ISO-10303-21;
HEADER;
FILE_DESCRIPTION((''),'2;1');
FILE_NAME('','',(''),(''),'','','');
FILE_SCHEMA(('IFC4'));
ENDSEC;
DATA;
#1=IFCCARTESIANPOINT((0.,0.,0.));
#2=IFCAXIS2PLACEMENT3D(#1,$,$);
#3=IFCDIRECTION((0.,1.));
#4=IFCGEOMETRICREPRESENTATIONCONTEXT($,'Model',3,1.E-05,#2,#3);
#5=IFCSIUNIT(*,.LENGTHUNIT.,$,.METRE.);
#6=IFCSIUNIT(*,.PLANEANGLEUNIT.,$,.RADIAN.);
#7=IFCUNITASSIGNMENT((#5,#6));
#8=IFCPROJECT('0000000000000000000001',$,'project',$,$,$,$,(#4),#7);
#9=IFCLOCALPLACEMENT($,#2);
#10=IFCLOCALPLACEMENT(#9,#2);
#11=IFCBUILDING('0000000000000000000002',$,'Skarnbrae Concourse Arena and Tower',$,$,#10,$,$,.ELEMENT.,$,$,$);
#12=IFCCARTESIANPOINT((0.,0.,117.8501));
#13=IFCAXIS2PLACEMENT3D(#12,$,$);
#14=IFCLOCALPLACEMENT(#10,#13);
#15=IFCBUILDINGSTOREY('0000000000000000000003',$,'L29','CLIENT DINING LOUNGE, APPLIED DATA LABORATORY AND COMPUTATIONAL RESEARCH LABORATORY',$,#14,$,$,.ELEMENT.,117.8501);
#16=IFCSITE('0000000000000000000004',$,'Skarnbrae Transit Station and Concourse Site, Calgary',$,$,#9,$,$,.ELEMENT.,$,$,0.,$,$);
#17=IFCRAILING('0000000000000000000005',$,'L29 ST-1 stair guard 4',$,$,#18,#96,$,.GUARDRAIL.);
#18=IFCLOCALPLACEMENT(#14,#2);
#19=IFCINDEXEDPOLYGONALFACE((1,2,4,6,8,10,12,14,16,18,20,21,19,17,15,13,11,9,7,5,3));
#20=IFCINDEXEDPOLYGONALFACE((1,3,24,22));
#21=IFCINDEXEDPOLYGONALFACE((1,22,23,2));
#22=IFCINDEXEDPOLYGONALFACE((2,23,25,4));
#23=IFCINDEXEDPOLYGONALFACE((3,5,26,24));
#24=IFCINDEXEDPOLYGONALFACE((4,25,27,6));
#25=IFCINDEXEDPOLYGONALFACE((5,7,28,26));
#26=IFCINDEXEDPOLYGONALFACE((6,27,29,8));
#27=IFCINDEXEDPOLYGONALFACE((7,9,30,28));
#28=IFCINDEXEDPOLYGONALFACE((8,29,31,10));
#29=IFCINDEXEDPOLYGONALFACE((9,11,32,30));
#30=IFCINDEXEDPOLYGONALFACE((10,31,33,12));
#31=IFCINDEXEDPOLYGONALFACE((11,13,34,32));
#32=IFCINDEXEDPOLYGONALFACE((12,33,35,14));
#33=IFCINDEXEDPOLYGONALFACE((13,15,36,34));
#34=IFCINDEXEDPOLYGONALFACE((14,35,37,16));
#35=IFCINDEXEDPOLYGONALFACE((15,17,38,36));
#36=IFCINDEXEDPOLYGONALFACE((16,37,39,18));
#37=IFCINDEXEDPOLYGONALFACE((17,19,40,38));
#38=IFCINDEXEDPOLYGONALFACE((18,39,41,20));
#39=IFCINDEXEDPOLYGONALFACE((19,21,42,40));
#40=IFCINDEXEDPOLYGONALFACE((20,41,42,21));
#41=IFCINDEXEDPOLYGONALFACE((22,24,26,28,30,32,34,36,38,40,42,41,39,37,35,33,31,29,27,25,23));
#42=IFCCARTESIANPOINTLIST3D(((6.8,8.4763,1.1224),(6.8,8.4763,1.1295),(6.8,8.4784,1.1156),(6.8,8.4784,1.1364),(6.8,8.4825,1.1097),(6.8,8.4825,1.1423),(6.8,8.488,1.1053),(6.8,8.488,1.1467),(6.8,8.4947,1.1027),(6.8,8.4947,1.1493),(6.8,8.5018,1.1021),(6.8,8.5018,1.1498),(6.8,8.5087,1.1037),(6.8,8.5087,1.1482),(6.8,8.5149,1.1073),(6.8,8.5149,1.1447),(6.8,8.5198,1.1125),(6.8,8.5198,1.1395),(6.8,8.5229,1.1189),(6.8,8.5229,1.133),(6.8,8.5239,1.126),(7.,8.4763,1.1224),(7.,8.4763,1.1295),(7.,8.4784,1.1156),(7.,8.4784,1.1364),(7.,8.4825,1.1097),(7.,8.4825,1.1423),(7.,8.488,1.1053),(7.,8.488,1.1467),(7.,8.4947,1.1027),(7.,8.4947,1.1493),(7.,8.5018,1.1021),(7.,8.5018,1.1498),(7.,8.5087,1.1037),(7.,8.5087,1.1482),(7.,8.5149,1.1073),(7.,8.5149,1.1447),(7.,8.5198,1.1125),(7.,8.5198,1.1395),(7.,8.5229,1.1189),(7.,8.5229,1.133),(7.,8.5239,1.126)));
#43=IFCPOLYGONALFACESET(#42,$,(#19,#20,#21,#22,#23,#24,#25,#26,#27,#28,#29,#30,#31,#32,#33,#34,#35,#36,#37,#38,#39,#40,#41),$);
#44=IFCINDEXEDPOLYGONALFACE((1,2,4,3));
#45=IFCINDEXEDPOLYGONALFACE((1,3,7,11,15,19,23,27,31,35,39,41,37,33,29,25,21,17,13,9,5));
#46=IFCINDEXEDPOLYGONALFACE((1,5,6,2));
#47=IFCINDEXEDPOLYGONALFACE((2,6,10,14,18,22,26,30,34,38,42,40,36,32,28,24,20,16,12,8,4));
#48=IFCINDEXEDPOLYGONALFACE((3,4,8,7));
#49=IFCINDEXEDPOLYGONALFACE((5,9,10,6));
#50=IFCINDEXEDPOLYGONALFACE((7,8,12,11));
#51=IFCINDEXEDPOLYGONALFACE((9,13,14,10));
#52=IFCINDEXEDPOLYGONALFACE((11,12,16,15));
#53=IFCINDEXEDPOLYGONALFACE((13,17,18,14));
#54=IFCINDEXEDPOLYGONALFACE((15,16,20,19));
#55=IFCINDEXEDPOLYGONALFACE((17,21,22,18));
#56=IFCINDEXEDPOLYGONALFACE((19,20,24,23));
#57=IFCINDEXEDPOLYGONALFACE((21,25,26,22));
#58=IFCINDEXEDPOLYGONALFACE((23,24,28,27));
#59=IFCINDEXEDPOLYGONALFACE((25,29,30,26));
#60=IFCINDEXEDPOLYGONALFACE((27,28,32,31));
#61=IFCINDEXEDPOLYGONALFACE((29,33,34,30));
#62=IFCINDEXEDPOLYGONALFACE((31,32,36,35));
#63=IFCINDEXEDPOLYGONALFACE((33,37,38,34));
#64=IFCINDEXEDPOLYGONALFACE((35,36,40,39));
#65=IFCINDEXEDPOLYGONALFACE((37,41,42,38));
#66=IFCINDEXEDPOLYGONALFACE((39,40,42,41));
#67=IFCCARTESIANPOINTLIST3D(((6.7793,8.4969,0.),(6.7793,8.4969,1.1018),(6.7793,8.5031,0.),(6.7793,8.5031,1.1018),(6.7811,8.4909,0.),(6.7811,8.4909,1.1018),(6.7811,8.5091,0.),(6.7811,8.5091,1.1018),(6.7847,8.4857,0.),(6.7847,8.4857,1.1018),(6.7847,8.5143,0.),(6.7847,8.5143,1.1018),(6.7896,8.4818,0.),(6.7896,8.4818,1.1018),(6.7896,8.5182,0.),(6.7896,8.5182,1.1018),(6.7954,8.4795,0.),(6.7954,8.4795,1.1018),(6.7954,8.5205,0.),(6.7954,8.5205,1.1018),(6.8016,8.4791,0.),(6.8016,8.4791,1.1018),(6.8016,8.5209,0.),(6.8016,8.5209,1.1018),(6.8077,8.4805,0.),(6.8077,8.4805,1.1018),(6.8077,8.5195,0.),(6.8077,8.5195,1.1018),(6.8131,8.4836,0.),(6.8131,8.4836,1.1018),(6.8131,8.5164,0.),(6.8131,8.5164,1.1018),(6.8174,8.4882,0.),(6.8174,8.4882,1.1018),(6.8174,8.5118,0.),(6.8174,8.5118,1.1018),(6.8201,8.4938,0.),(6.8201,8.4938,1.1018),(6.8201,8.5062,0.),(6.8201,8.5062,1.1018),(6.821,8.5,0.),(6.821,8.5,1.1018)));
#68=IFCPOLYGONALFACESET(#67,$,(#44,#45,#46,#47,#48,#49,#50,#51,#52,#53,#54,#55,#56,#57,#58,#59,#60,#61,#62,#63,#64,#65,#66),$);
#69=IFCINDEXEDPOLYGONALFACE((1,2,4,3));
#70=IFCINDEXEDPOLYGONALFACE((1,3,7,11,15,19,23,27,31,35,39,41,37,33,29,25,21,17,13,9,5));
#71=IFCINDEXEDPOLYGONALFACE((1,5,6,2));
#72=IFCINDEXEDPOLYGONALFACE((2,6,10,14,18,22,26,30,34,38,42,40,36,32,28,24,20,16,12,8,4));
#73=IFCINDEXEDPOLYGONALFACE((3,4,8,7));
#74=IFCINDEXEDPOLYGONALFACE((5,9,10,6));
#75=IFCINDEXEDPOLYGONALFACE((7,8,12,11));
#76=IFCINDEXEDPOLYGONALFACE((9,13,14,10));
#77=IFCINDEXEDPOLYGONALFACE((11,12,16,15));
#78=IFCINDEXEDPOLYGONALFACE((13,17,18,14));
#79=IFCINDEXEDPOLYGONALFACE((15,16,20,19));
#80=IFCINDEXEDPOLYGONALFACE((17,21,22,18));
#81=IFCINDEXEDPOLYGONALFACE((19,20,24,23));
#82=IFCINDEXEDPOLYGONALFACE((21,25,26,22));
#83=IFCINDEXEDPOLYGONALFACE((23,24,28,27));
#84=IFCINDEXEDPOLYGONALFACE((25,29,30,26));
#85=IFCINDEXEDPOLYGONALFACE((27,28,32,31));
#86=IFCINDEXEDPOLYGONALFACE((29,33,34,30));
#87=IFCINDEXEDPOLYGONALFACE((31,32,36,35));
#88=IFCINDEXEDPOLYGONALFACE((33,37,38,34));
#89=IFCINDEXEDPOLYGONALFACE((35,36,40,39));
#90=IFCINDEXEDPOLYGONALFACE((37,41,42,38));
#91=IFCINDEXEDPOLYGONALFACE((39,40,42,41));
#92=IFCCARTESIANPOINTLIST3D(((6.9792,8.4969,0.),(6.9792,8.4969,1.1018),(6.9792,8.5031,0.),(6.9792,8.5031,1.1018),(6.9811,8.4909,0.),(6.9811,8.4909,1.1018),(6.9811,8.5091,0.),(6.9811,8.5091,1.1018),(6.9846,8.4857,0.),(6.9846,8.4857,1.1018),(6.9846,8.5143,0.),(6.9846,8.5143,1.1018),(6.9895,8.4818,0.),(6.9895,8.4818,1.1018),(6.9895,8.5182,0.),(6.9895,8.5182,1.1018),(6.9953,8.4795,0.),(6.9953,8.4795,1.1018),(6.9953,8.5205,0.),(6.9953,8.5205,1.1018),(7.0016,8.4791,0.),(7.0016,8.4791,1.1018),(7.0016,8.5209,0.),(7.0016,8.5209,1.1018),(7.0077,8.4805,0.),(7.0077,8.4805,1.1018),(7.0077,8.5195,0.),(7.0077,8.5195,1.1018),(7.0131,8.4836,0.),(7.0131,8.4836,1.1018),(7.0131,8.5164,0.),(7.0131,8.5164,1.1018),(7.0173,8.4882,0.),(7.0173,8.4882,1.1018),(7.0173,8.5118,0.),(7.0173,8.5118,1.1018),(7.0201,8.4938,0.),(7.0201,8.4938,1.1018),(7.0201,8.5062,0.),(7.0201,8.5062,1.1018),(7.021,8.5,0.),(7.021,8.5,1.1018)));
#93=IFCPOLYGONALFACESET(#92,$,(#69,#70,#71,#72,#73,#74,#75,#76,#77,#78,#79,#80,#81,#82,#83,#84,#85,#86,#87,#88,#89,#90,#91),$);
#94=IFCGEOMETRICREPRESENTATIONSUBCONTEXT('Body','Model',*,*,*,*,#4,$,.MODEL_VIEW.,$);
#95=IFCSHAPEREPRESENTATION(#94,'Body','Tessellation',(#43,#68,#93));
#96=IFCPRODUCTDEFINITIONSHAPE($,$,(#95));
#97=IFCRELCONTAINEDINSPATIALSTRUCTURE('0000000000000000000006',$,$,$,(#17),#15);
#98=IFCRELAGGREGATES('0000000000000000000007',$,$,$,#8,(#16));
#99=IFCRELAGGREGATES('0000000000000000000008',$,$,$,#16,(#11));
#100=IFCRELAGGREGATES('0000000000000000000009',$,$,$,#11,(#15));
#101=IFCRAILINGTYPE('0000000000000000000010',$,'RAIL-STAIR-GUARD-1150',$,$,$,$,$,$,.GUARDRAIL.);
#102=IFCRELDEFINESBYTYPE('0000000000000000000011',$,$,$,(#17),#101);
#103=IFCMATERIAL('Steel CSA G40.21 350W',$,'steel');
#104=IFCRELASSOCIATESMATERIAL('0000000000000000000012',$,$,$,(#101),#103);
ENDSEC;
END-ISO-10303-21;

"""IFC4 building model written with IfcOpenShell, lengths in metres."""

from ifc_helpers import new_model, si_unit, direction, frame, origin, origin_2d, place, context, subcontext, project, spatial, circle, extrude, material, type_object, element, save


model = new_model("IFC4")

# Units and contexts
model_context = context("Model", 3, precision=1e-05, world=origin(), true_north=direction((0.0, 1.0)))
body_context = subcontext(model_context, "Body", "Model", "MODEL_VIEW")
ifc_project = project(units=[si_unit("LENGTHUNIT", "METRE"), si_unit("PLANEANGLEUNIT", "RADIAN")], contexts=[model_context])

# Site, building, storey
site_placement = place(None, origin())
site = spatial("IfcSite", under=ifc_project, at=site_placement, Name="Skarnbrae Transit Station and Concourse Site, Calgary", CompositionType="ELEMENT", RefElevation=0.0)
building_placement = place(site_placement, origin())
building = spatial("IfcBuilding", under=site, at=building_placement, Name="Skarnbrae Concourse Arena and Tower", CompositionType="ELEMENT")
storey_placement = place(building_placement, frame((0.0, 0.0, 117.8501)))
storey = spatial("IfcBuildingStorey", under=building, at=storey_placement, Name="L29", Description="CLIENT DINING LOUNGE, APPLIED DATA LABORATORY AND COMPUTATIONAL RESEARCH LABORATORY", CompositionType="ELEMENT", Elevation=117.8501)

# Shared definitions
ifc_material_1 = material(Name="Steel CSA G40.21 350W", Category="steel")

# Railing
railing_type_1 = type_object("IfcRailingType", Name="RAIL-STAIR-GUARD-1150", PredefinedType="GUARDRAIL", material=ifc_material_1)
railing_1_placement = place(storey_placement, frame((6.8, 8.5, 0.0)))
element("IfcRailing", 1, at=railing_1_placement, inside=storey, type_object=railing_type_1, Name="L29 ST-1 stair guard 4", PredefinedType="GUARDRAIL", context=body_context, shape_type="SweptSolid", body=[
    extrude(circle(Radius=0.0239, at=origin_2d()), frame((0.0, 0.0, 1.126), z_axis=(1.0, 0.0, 0.0), x_axis=(0.0, 1.0, 0.0)), (0.0, 0.0, 1.0), 0.2),
    extrude(circle(Radius=0.021, at=origin_2d()), origin(), (0.0, 0.0, 1.0), 1.1018),
    extrude(circle(Radius=0.021, at=origin_2d()), frame((0.2, 0.0, 0.0)), (0.0, 0.0, 1.0), 1.1018),
])

save(model, "model.ifc")
